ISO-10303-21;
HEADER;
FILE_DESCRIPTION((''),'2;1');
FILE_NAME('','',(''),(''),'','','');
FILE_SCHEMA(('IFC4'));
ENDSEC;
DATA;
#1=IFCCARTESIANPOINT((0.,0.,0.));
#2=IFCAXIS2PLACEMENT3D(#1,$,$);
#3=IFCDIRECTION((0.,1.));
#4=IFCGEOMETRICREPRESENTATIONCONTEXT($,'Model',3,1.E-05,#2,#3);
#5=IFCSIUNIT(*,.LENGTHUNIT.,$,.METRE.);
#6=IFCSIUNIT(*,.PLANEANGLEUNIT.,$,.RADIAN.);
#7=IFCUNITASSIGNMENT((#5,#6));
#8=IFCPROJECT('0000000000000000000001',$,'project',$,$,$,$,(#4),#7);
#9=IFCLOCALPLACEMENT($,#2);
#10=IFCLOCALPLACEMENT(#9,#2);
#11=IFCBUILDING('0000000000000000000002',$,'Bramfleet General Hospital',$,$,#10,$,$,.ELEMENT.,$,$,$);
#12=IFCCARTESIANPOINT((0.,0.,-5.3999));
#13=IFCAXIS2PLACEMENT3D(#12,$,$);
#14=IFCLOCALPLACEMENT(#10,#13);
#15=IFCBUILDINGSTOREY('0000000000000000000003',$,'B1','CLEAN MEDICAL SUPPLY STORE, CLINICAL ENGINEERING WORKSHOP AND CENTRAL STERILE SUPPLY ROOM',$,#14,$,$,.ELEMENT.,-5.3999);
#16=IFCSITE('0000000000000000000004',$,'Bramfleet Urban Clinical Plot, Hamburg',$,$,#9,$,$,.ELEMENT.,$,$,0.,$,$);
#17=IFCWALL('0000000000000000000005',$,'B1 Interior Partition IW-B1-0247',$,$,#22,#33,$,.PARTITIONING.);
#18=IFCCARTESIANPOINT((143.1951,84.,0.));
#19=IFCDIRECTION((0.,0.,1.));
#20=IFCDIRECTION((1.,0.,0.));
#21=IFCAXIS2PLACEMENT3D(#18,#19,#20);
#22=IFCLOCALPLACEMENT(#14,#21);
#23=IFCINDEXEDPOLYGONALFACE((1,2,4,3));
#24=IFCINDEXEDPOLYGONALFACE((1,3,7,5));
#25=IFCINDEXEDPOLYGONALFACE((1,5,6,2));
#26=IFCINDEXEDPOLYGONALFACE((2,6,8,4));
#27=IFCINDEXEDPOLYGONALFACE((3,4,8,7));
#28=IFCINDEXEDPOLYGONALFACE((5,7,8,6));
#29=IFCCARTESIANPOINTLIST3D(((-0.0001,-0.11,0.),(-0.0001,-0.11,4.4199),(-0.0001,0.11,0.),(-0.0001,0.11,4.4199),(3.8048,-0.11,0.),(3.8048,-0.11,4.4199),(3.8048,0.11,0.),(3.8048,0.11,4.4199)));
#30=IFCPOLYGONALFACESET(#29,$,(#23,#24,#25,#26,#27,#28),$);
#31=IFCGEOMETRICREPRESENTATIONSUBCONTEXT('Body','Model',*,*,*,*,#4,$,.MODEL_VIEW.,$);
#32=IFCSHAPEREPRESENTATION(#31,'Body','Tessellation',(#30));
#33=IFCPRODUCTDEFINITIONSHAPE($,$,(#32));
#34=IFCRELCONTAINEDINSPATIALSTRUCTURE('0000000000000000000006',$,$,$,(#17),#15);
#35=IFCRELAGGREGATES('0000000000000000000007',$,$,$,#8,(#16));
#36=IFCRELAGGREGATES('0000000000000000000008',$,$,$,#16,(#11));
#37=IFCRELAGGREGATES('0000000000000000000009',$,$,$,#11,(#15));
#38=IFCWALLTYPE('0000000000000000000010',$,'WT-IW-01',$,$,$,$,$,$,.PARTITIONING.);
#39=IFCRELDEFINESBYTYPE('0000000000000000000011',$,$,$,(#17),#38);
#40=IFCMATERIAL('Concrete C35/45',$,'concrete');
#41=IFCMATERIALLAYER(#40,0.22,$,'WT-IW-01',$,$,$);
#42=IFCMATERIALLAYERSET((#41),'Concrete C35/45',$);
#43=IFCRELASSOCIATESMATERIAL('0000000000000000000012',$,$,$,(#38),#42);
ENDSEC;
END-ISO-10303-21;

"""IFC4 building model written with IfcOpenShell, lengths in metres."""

from ifc_helpers import new_model, si_unit, direction, frame, frame_2d, origin, place, context, subcontext, project, spatial, rectangle, extrude, material, layer, layer_set, type_object, element, save


model = new_model("IFC4")

# Units and contexts
model_context = context("Model", 3, precision=1e-05, world=origin(), true_north=direction((0.0, 1.0)))
body_context = subcontext(model_context, "Body", "Model", "MODEL_VIEW")
ifc_project = project(units=[si_unit("LENGTHUNIT", "METRE"), si_unit("PLANEANGLEUNIT", "RADIAN")], contexts=[model_context])

# Site, building, storey
site_placement = place(None, origin())
site = spatial("IfcSite", under=ifc_project, at=site_placement, Name="Bramfleet Urban Clinical Plot, Hamburg", CompositionType="ELEMENT", RefElevation=0.0)
building_placement = place(site_placement, origin())
building = spatial("IfcBuilding", under=site, at=building_placement, Name="Bramfleet General Hospital", CompositionType="ELEMENT")
storey_placement = place(building_placement, frame((0.0, 0.0, -5.3999)))
storey = spatial("IfcBuildingStorey", under=building, at=storey_placement, Name="B1", Description="CLEAN MEDICAL SUPPLY STORE, CLINICAL ENGINEERING WORKSHOP AND CENTRAL STERILE SUPPLY ROOM", CompositionType="ELEMENT", Elevation=-5.3999)

# Shared definitions
ifc_material_1 = material(Name="Concrete C35/45", Category="concrete")

# Shared definitions
ifc_layer_1 = layer(ifc_material_1, 0.22, Name="WT-IW-01")
ifc_layer_set_1 = layer_set([ifc_layer_1], Name="Concrete C35/45")
wall_type_1 = type_object("IfcWallType", Name="WT-IW-01", PredefinedType="PARTITIONING", material=ifc_layer_set_1)

# Wall
for number, where, z_axis, x_axis, name in (
    (1, (143.1951, 84.0, 0.0), (0.0, 0.0, 1.0), (1.0, 0.0, 0.0), "B1 Interior Partition IW-B1-0247"),
):
    element("IfcWall", number, at=place(storey_placement, frame(where, z_axis=z_axis, x_axis=x_axis)), inside=storey, type_object=wall_type_1, Name=name, PredefinedType="PARTITIONING", context=body_context, shape_type="SweptSolid", body=[
        extrude(rectangle(XDim=3.8049, YDim=0.22, at=frame_2d((1.9023, 0.0))), origin(), (0.0, 0.0, 1.0), 4.4199),
    ])

save(model, "model.ifc")
